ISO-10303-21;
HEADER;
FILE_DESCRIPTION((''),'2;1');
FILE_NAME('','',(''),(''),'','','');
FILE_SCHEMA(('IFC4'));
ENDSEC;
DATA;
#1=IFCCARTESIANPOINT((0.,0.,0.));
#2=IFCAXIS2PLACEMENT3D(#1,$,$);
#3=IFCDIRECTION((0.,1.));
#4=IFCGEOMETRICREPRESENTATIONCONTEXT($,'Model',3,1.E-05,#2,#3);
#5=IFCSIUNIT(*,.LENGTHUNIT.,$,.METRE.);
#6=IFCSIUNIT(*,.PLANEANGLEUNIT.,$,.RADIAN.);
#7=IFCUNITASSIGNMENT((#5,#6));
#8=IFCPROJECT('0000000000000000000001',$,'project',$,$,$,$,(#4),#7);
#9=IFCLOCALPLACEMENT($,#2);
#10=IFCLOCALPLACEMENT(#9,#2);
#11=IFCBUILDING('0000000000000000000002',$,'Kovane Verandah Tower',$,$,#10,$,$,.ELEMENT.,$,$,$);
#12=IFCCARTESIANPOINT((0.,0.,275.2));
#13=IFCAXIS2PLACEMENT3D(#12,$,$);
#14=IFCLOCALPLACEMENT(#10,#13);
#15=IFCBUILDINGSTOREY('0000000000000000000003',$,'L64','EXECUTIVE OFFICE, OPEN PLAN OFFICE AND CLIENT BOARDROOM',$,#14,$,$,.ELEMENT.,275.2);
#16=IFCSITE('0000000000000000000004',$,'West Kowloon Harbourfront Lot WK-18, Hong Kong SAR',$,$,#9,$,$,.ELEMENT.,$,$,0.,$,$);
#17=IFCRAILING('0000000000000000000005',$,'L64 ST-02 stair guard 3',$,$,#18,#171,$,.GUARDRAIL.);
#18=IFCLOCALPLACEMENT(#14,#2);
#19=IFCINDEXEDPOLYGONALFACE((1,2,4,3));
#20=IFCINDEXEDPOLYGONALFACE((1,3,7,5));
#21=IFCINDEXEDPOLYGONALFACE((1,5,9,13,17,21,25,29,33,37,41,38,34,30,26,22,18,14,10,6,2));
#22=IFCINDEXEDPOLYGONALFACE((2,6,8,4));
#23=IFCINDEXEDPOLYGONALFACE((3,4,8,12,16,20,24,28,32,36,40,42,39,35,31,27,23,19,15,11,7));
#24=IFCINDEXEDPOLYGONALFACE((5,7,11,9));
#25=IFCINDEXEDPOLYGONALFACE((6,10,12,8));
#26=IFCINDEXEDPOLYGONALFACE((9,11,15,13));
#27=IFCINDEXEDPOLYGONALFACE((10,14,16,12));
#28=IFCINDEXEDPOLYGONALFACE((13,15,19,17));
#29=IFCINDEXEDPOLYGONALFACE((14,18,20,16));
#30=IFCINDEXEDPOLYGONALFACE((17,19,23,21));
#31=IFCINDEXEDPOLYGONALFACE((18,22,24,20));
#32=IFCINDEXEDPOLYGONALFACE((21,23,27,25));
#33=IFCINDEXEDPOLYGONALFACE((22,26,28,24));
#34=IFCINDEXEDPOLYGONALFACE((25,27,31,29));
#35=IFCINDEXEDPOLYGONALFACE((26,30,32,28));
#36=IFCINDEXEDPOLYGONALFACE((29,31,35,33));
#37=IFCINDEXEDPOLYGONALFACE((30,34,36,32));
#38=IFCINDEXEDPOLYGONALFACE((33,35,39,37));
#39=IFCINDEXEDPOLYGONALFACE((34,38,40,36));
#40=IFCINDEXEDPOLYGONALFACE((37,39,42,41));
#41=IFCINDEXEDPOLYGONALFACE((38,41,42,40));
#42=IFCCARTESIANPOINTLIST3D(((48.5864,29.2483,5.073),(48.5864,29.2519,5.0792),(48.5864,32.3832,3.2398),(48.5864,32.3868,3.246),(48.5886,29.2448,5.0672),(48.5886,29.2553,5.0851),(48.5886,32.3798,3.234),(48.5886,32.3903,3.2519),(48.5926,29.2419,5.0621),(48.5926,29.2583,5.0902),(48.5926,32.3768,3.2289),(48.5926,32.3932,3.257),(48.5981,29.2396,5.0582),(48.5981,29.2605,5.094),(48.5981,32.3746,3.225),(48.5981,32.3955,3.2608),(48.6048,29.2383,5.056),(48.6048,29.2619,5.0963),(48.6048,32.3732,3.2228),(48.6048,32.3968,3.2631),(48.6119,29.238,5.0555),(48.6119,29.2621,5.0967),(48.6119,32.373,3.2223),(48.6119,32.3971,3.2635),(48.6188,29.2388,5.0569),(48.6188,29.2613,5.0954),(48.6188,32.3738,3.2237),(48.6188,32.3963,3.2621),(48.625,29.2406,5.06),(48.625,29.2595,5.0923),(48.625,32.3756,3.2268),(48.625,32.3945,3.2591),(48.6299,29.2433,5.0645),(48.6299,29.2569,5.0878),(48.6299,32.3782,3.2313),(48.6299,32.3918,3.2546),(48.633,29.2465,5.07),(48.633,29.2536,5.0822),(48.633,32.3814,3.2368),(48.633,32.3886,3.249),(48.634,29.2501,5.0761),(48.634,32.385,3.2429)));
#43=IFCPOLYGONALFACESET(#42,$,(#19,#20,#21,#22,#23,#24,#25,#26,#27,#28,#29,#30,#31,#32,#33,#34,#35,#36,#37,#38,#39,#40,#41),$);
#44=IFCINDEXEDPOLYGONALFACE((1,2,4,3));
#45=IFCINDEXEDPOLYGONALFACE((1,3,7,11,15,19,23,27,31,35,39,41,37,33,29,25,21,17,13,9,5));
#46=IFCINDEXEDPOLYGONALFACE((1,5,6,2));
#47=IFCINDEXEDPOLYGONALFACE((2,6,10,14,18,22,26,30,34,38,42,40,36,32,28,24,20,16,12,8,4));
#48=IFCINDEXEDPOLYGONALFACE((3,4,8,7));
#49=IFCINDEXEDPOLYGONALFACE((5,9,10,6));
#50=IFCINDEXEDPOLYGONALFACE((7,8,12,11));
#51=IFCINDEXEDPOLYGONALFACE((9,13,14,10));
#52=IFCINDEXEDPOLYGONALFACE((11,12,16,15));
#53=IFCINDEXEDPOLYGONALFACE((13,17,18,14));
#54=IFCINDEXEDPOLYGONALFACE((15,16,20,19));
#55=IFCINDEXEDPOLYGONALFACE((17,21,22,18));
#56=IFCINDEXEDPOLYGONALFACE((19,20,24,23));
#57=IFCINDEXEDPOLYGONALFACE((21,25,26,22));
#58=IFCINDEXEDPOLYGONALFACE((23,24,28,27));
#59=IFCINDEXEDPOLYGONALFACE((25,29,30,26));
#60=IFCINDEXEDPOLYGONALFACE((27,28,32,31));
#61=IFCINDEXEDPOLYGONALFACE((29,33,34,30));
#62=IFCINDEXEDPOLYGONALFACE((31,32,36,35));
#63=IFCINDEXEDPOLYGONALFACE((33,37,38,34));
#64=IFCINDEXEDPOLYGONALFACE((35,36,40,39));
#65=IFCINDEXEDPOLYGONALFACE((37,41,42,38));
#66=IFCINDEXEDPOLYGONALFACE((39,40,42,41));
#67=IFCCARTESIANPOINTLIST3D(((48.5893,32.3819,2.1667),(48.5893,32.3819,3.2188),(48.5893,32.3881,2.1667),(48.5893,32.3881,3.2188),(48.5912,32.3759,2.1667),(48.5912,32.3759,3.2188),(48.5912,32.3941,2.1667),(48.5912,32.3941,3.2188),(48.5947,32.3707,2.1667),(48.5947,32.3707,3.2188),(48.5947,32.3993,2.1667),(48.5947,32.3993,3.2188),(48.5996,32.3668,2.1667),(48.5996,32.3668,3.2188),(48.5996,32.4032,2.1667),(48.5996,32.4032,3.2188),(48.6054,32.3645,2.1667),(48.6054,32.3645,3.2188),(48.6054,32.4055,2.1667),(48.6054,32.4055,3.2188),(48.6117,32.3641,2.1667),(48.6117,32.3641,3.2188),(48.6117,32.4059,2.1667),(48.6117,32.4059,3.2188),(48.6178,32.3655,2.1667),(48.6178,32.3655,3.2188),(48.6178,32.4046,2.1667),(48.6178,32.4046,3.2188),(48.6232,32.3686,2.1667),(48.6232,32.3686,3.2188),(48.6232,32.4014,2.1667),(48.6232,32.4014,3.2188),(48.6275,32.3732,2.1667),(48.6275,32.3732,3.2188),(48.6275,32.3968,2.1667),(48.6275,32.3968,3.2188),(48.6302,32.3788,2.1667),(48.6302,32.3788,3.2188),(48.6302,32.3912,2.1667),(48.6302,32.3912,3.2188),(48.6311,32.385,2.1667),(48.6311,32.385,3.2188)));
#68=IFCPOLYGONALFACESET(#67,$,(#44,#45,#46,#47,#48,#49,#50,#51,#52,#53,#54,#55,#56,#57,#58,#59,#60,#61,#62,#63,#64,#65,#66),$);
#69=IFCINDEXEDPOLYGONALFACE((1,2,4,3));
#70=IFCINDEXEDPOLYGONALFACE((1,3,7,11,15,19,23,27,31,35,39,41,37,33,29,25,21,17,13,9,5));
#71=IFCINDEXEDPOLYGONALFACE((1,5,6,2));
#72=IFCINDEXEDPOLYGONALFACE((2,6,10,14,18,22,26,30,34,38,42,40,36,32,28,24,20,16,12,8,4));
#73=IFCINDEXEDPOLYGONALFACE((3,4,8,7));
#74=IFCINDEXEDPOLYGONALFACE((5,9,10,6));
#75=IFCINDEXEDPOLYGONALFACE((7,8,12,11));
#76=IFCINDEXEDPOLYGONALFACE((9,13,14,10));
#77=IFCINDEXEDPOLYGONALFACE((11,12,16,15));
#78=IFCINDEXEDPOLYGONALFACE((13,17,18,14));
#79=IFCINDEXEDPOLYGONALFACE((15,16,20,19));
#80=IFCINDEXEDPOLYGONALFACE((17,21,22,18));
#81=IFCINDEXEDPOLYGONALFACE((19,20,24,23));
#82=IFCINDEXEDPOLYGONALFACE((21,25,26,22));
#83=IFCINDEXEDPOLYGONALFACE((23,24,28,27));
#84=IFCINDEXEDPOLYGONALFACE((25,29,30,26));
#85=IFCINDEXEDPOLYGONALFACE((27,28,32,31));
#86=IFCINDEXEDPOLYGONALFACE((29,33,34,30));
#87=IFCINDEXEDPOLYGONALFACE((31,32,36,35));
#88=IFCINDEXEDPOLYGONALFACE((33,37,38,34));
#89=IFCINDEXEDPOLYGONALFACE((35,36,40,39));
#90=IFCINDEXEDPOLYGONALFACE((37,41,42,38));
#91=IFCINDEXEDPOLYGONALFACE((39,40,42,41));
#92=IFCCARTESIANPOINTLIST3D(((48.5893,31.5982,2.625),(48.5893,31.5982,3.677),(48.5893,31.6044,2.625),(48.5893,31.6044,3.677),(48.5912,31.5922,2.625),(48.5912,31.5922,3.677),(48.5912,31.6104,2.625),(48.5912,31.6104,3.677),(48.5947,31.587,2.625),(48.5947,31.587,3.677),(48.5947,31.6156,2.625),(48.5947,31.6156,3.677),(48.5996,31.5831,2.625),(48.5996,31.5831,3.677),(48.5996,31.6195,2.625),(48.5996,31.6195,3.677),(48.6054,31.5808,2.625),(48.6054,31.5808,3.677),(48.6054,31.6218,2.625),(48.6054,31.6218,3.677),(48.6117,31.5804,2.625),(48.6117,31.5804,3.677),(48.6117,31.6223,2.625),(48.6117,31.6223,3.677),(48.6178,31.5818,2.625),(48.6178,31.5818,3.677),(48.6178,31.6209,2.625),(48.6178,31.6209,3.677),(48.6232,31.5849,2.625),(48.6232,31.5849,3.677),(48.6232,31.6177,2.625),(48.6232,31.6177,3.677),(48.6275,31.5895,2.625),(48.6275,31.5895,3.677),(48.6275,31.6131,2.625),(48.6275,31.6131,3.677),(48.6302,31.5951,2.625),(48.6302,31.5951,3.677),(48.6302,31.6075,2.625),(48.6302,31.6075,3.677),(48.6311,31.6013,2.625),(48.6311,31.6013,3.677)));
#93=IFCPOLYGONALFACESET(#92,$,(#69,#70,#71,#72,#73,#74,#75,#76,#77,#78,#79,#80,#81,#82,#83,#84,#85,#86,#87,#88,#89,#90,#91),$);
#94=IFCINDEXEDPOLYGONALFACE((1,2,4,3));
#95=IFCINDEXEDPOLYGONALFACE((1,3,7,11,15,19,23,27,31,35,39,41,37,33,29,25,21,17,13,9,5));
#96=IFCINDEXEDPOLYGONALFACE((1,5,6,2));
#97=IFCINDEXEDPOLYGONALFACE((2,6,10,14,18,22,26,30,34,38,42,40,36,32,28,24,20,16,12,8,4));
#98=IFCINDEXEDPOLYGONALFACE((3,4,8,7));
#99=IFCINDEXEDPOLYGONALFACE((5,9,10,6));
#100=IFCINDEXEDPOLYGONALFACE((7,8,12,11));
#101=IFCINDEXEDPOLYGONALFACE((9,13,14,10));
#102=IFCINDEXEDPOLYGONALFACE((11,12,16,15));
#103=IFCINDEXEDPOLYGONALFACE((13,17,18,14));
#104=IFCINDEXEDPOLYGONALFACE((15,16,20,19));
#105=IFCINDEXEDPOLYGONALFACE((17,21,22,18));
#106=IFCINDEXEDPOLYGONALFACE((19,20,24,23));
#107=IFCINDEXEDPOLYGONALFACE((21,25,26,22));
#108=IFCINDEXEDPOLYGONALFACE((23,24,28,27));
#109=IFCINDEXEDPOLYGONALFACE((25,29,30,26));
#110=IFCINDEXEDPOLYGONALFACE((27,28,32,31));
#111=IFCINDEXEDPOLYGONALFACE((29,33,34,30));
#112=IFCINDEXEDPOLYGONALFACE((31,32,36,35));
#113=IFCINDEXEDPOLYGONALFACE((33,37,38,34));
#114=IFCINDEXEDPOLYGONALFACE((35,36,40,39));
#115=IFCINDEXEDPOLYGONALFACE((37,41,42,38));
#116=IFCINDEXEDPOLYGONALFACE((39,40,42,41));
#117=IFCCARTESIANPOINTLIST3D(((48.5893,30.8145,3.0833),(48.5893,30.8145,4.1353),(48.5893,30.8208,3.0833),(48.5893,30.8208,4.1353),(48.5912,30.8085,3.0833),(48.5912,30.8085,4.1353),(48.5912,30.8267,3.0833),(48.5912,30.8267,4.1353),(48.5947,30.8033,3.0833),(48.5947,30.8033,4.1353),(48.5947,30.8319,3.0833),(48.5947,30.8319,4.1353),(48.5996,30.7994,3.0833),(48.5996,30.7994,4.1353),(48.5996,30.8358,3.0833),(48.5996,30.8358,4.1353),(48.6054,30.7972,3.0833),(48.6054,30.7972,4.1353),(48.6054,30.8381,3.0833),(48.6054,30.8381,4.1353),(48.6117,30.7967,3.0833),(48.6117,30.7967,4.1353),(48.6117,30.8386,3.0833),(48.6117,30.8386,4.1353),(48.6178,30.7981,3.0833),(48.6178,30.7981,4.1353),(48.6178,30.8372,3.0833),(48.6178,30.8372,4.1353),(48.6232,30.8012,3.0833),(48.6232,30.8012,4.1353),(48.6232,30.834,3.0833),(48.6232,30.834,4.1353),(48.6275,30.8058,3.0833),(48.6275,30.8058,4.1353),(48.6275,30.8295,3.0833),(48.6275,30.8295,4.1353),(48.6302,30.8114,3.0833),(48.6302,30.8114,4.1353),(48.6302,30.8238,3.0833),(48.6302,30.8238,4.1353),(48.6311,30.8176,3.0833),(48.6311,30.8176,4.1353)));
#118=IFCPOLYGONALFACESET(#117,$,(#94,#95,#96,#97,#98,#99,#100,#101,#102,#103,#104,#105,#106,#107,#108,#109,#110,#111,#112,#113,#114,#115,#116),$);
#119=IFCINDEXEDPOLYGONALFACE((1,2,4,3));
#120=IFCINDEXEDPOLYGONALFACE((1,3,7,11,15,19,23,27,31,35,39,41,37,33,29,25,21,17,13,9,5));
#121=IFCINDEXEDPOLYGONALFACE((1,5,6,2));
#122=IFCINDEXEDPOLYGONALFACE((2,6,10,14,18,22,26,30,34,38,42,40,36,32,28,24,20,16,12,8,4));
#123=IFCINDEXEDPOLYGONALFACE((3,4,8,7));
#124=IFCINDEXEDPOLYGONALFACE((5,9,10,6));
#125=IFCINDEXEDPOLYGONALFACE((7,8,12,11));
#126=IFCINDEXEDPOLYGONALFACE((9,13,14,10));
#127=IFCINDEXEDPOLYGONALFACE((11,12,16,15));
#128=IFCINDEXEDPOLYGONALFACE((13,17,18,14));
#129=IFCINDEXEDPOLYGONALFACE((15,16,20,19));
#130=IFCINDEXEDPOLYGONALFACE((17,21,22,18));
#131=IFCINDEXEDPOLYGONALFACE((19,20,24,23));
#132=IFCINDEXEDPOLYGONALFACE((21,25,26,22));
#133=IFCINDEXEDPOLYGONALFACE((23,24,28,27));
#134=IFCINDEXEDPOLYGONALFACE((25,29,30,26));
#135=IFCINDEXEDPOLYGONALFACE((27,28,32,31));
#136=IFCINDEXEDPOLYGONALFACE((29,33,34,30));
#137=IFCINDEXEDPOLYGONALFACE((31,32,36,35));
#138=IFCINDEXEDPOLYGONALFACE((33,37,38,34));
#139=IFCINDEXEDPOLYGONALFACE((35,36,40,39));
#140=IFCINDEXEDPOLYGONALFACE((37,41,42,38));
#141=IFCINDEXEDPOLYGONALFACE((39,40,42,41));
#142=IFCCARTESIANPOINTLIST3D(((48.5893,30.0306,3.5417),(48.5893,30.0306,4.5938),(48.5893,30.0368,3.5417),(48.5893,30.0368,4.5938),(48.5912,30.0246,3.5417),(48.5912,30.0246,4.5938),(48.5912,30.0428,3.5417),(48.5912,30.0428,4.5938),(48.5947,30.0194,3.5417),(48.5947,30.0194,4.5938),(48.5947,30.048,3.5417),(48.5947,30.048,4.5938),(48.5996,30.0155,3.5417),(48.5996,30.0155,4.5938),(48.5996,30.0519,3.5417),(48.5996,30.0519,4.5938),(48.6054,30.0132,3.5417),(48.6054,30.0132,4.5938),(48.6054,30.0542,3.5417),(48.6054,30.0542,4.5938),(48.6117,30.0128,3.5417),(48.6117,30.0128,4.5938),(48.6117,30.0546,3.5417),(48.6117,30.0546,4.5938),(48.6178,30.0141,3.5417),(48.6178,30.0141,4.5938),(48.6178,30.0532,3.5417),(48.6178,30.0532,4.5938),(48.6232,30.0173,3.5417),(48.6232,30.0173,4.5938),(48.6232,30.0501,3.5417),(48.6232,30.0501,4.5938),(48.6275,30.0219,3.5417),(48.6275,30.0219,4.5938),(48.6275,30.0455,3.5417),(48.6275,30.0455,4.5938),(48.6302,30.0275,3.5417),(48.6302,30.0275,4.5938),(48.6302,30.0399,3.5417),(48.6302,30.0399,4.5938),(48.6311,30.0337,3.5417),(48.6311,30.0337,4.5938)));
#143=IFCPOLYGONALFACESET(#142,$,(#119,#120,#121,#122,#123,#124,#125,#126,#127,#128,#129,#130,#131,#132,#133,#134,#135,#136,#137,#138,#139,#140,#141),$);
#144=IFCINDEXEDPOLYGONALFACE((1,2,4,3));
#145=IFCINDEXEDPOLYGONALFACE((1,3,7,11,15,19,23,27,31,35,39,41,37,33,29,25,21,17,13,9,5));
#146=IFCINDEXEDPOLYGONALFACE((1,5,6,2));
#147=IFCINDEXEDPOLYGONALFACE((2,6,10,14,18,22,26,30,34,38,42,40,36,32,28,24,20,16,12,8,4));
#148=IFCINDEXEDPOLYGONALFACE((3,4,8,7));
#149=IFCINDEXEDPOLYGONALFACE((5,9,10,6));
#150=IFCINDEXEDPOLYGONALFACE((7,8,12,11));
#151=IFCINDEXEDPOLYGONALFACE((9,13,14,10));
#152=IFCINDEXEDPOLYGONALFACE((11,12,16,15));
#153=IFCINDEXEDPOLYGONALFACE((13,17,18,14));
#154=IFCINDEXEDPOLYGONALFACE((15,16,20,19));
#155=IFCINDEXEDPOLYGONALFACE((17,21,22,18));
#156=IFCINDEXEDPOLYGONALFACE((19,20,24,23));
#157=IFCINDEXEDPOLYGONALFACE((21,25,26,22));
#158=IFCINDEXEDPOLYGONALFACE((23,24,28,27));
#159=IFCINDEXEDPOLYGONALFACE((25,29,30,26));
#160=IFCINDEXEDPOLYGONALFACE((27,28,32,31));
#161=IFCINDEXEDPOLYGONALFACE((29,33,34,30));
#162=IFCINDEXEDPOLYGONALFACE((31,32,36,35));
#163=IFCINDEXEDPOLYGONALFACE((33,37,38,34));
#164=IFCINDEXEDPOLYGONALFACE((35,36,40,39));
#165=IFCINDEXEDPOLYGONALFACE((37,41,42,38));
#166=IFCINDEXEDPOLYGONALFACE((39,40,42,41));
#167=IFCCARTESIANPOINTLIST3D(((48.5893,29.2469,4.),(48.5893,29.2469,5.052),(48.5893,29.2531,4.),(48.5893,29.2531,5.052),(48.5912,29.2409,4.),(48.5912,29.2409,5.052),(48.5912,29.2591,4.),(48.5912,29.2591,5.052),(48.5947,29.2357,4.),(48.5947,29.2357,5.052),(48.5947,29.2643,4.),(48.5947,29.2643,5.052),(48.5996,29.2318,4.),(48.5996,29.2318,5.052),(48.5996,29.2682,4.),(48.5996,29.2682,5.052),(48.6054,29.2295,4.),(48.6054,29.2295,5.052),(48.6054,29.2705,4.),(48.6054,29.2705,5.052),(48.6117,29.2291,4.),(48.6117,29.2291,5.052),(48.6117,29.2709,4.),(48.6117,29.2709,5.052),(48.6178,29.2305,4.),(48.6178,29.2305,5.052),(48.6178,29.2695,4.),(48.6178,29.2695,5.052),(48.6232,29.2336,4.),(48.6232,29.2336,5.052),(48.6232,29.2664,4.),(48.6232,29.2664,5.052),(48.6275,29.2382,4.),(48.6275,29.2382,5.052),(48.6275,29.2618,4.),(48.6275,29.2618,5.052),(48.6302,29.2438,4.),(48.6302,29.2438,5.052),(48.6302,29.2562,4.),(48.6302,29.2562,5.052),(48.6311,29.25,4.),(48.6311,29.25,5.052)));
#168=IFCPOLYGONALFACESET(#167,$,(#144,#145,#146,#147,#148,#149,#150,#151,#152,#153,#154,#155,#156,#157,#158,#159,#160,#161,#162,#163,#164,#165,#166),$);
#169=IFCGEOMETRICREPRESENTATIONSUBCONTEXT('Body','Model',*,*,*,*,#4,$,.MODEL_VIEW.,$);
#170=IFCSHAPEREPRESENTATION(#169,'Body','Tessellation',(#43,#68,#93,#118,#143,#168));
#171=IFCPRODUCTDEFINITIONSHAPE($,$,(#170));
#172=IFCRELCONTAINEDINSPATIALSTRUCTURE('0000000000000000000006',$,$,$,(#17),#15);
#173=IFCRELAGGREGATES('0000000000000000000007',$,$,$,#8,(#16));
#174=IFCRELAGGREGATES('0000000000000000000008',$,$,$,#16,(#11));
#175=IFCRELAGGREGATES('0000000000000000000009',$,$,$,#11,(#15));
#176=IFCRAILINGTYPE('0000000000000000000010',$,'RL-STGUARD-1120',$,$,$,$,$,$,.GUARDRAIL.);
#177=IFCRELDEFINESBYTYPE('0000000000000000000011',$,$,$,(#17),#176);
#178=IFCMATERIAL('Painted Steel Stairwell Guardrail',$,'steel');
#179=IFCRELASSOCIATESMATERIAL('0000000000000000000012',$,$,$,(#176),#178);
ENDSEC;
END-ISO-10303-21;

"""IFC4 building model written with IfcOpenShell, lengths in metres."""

from ifc_helpers import new_model, si_unit, direction, frame, origin, origin_2d, place, context, subcontext, project, spatial, circle, extrude, material, type_object, element, save


model = new_model("IFC4")

# Units and contexts
model_context = context("Model", 3, precision=1e-05, world=origin(), true_north=direction((0.0, 1.0)))
body_context = subcontext(model_context, "Body", "Model", "MODEL_VIEW")
ifc_project = project(units=[si_unit("LENGTHUNIT", "METRE"), si_unit("PLANEANGLEUNIT", "RADIAN")], contexts=[model_context])

# Site, building, storey
site_placement = place(None, origin())
site = spatial("IfcSite", under=ifc_project, at=site_placement, Name="West Kowloon Harbourfront Lot WK-18, Hong Kong SAR", CompositionType="ELEMENT", RefElevation=0.0)
building_placement = place(site_placement, origin())
building = spatial("IfcBuilding", under=site, at=building_placement, Name="Kovane Verandah Tower", CompositionType="ELEMENT")
storey_placement = place(building_placement, frame((0.0, 0.0, 275.2)))
storey = spatial("IfcBuildingStorey", under=building, at=storey_placement, Name="L64", Description="EXECUTIVE OFFICE, OPEN PLAN OFFICE AND CLIENT BOARDROOM", CompositionType="ELEMENT", Elevation=275.2)

# Railing
ifc_material_1 = material(Name="Painted Steel Stairwell Guardrail", Category="steel")
railing_type_1 = type_object("IfcRailingType", Name="RL-STGUARD-1120", PredefinedType="GUARDRAIL", material=ifc_material_1)
for number, where, name in (
    (1, (48.6101, 32.385, 2.1667), "L64 ST-02 stair guard 3"),
):
    element("IfcRailing", number, at=place(storey_placement, frame(where)), inside=storey, type_object=railing_type_1, Name=name, PredefinedType="GUARDRAIL", context=body_context, shape_type="SweptSolid", body=[
        extrude(circle(Radius=0.0239, at=origin_2d()), frame((0.0, 0.0, 1.0762), z_axis=(0.0, -0.86324, 0.504794), x_axis=(1.0, 0.0, 0.0)), (0.0, 0.0, 1.0), 3.6316),
        extrude(circle(Radius=0.021, at=origin_2d()), origin(), (0.0, 0.0, 1.0), 1.052),
        extrude(circle(Radius=0.021, at=origin_2d()), frame((0.0, -0.7837, 0.4583)), (0.0, 0.0, 1.0), 1.052),
        extrude(circle(Radius=0.021, at=origin_2d()), frame((0.0, -1.5674, 0.9165)), (0.0, 0.0, 1.0), 1.052),
        extrude(circle(Radius=0.021, at=origin_2d()), frame((0.0, -2.3513, 1.375)), (0.0, 0.0, 1.0), 1.052),
        extrude(circle(Radius=0.021, at=origin_2d()), frame((0.0, -3.135, 1.8333)), (0.0, 0.0, 1.0), 1.052),
    ])

save(model, "model.ifc")
